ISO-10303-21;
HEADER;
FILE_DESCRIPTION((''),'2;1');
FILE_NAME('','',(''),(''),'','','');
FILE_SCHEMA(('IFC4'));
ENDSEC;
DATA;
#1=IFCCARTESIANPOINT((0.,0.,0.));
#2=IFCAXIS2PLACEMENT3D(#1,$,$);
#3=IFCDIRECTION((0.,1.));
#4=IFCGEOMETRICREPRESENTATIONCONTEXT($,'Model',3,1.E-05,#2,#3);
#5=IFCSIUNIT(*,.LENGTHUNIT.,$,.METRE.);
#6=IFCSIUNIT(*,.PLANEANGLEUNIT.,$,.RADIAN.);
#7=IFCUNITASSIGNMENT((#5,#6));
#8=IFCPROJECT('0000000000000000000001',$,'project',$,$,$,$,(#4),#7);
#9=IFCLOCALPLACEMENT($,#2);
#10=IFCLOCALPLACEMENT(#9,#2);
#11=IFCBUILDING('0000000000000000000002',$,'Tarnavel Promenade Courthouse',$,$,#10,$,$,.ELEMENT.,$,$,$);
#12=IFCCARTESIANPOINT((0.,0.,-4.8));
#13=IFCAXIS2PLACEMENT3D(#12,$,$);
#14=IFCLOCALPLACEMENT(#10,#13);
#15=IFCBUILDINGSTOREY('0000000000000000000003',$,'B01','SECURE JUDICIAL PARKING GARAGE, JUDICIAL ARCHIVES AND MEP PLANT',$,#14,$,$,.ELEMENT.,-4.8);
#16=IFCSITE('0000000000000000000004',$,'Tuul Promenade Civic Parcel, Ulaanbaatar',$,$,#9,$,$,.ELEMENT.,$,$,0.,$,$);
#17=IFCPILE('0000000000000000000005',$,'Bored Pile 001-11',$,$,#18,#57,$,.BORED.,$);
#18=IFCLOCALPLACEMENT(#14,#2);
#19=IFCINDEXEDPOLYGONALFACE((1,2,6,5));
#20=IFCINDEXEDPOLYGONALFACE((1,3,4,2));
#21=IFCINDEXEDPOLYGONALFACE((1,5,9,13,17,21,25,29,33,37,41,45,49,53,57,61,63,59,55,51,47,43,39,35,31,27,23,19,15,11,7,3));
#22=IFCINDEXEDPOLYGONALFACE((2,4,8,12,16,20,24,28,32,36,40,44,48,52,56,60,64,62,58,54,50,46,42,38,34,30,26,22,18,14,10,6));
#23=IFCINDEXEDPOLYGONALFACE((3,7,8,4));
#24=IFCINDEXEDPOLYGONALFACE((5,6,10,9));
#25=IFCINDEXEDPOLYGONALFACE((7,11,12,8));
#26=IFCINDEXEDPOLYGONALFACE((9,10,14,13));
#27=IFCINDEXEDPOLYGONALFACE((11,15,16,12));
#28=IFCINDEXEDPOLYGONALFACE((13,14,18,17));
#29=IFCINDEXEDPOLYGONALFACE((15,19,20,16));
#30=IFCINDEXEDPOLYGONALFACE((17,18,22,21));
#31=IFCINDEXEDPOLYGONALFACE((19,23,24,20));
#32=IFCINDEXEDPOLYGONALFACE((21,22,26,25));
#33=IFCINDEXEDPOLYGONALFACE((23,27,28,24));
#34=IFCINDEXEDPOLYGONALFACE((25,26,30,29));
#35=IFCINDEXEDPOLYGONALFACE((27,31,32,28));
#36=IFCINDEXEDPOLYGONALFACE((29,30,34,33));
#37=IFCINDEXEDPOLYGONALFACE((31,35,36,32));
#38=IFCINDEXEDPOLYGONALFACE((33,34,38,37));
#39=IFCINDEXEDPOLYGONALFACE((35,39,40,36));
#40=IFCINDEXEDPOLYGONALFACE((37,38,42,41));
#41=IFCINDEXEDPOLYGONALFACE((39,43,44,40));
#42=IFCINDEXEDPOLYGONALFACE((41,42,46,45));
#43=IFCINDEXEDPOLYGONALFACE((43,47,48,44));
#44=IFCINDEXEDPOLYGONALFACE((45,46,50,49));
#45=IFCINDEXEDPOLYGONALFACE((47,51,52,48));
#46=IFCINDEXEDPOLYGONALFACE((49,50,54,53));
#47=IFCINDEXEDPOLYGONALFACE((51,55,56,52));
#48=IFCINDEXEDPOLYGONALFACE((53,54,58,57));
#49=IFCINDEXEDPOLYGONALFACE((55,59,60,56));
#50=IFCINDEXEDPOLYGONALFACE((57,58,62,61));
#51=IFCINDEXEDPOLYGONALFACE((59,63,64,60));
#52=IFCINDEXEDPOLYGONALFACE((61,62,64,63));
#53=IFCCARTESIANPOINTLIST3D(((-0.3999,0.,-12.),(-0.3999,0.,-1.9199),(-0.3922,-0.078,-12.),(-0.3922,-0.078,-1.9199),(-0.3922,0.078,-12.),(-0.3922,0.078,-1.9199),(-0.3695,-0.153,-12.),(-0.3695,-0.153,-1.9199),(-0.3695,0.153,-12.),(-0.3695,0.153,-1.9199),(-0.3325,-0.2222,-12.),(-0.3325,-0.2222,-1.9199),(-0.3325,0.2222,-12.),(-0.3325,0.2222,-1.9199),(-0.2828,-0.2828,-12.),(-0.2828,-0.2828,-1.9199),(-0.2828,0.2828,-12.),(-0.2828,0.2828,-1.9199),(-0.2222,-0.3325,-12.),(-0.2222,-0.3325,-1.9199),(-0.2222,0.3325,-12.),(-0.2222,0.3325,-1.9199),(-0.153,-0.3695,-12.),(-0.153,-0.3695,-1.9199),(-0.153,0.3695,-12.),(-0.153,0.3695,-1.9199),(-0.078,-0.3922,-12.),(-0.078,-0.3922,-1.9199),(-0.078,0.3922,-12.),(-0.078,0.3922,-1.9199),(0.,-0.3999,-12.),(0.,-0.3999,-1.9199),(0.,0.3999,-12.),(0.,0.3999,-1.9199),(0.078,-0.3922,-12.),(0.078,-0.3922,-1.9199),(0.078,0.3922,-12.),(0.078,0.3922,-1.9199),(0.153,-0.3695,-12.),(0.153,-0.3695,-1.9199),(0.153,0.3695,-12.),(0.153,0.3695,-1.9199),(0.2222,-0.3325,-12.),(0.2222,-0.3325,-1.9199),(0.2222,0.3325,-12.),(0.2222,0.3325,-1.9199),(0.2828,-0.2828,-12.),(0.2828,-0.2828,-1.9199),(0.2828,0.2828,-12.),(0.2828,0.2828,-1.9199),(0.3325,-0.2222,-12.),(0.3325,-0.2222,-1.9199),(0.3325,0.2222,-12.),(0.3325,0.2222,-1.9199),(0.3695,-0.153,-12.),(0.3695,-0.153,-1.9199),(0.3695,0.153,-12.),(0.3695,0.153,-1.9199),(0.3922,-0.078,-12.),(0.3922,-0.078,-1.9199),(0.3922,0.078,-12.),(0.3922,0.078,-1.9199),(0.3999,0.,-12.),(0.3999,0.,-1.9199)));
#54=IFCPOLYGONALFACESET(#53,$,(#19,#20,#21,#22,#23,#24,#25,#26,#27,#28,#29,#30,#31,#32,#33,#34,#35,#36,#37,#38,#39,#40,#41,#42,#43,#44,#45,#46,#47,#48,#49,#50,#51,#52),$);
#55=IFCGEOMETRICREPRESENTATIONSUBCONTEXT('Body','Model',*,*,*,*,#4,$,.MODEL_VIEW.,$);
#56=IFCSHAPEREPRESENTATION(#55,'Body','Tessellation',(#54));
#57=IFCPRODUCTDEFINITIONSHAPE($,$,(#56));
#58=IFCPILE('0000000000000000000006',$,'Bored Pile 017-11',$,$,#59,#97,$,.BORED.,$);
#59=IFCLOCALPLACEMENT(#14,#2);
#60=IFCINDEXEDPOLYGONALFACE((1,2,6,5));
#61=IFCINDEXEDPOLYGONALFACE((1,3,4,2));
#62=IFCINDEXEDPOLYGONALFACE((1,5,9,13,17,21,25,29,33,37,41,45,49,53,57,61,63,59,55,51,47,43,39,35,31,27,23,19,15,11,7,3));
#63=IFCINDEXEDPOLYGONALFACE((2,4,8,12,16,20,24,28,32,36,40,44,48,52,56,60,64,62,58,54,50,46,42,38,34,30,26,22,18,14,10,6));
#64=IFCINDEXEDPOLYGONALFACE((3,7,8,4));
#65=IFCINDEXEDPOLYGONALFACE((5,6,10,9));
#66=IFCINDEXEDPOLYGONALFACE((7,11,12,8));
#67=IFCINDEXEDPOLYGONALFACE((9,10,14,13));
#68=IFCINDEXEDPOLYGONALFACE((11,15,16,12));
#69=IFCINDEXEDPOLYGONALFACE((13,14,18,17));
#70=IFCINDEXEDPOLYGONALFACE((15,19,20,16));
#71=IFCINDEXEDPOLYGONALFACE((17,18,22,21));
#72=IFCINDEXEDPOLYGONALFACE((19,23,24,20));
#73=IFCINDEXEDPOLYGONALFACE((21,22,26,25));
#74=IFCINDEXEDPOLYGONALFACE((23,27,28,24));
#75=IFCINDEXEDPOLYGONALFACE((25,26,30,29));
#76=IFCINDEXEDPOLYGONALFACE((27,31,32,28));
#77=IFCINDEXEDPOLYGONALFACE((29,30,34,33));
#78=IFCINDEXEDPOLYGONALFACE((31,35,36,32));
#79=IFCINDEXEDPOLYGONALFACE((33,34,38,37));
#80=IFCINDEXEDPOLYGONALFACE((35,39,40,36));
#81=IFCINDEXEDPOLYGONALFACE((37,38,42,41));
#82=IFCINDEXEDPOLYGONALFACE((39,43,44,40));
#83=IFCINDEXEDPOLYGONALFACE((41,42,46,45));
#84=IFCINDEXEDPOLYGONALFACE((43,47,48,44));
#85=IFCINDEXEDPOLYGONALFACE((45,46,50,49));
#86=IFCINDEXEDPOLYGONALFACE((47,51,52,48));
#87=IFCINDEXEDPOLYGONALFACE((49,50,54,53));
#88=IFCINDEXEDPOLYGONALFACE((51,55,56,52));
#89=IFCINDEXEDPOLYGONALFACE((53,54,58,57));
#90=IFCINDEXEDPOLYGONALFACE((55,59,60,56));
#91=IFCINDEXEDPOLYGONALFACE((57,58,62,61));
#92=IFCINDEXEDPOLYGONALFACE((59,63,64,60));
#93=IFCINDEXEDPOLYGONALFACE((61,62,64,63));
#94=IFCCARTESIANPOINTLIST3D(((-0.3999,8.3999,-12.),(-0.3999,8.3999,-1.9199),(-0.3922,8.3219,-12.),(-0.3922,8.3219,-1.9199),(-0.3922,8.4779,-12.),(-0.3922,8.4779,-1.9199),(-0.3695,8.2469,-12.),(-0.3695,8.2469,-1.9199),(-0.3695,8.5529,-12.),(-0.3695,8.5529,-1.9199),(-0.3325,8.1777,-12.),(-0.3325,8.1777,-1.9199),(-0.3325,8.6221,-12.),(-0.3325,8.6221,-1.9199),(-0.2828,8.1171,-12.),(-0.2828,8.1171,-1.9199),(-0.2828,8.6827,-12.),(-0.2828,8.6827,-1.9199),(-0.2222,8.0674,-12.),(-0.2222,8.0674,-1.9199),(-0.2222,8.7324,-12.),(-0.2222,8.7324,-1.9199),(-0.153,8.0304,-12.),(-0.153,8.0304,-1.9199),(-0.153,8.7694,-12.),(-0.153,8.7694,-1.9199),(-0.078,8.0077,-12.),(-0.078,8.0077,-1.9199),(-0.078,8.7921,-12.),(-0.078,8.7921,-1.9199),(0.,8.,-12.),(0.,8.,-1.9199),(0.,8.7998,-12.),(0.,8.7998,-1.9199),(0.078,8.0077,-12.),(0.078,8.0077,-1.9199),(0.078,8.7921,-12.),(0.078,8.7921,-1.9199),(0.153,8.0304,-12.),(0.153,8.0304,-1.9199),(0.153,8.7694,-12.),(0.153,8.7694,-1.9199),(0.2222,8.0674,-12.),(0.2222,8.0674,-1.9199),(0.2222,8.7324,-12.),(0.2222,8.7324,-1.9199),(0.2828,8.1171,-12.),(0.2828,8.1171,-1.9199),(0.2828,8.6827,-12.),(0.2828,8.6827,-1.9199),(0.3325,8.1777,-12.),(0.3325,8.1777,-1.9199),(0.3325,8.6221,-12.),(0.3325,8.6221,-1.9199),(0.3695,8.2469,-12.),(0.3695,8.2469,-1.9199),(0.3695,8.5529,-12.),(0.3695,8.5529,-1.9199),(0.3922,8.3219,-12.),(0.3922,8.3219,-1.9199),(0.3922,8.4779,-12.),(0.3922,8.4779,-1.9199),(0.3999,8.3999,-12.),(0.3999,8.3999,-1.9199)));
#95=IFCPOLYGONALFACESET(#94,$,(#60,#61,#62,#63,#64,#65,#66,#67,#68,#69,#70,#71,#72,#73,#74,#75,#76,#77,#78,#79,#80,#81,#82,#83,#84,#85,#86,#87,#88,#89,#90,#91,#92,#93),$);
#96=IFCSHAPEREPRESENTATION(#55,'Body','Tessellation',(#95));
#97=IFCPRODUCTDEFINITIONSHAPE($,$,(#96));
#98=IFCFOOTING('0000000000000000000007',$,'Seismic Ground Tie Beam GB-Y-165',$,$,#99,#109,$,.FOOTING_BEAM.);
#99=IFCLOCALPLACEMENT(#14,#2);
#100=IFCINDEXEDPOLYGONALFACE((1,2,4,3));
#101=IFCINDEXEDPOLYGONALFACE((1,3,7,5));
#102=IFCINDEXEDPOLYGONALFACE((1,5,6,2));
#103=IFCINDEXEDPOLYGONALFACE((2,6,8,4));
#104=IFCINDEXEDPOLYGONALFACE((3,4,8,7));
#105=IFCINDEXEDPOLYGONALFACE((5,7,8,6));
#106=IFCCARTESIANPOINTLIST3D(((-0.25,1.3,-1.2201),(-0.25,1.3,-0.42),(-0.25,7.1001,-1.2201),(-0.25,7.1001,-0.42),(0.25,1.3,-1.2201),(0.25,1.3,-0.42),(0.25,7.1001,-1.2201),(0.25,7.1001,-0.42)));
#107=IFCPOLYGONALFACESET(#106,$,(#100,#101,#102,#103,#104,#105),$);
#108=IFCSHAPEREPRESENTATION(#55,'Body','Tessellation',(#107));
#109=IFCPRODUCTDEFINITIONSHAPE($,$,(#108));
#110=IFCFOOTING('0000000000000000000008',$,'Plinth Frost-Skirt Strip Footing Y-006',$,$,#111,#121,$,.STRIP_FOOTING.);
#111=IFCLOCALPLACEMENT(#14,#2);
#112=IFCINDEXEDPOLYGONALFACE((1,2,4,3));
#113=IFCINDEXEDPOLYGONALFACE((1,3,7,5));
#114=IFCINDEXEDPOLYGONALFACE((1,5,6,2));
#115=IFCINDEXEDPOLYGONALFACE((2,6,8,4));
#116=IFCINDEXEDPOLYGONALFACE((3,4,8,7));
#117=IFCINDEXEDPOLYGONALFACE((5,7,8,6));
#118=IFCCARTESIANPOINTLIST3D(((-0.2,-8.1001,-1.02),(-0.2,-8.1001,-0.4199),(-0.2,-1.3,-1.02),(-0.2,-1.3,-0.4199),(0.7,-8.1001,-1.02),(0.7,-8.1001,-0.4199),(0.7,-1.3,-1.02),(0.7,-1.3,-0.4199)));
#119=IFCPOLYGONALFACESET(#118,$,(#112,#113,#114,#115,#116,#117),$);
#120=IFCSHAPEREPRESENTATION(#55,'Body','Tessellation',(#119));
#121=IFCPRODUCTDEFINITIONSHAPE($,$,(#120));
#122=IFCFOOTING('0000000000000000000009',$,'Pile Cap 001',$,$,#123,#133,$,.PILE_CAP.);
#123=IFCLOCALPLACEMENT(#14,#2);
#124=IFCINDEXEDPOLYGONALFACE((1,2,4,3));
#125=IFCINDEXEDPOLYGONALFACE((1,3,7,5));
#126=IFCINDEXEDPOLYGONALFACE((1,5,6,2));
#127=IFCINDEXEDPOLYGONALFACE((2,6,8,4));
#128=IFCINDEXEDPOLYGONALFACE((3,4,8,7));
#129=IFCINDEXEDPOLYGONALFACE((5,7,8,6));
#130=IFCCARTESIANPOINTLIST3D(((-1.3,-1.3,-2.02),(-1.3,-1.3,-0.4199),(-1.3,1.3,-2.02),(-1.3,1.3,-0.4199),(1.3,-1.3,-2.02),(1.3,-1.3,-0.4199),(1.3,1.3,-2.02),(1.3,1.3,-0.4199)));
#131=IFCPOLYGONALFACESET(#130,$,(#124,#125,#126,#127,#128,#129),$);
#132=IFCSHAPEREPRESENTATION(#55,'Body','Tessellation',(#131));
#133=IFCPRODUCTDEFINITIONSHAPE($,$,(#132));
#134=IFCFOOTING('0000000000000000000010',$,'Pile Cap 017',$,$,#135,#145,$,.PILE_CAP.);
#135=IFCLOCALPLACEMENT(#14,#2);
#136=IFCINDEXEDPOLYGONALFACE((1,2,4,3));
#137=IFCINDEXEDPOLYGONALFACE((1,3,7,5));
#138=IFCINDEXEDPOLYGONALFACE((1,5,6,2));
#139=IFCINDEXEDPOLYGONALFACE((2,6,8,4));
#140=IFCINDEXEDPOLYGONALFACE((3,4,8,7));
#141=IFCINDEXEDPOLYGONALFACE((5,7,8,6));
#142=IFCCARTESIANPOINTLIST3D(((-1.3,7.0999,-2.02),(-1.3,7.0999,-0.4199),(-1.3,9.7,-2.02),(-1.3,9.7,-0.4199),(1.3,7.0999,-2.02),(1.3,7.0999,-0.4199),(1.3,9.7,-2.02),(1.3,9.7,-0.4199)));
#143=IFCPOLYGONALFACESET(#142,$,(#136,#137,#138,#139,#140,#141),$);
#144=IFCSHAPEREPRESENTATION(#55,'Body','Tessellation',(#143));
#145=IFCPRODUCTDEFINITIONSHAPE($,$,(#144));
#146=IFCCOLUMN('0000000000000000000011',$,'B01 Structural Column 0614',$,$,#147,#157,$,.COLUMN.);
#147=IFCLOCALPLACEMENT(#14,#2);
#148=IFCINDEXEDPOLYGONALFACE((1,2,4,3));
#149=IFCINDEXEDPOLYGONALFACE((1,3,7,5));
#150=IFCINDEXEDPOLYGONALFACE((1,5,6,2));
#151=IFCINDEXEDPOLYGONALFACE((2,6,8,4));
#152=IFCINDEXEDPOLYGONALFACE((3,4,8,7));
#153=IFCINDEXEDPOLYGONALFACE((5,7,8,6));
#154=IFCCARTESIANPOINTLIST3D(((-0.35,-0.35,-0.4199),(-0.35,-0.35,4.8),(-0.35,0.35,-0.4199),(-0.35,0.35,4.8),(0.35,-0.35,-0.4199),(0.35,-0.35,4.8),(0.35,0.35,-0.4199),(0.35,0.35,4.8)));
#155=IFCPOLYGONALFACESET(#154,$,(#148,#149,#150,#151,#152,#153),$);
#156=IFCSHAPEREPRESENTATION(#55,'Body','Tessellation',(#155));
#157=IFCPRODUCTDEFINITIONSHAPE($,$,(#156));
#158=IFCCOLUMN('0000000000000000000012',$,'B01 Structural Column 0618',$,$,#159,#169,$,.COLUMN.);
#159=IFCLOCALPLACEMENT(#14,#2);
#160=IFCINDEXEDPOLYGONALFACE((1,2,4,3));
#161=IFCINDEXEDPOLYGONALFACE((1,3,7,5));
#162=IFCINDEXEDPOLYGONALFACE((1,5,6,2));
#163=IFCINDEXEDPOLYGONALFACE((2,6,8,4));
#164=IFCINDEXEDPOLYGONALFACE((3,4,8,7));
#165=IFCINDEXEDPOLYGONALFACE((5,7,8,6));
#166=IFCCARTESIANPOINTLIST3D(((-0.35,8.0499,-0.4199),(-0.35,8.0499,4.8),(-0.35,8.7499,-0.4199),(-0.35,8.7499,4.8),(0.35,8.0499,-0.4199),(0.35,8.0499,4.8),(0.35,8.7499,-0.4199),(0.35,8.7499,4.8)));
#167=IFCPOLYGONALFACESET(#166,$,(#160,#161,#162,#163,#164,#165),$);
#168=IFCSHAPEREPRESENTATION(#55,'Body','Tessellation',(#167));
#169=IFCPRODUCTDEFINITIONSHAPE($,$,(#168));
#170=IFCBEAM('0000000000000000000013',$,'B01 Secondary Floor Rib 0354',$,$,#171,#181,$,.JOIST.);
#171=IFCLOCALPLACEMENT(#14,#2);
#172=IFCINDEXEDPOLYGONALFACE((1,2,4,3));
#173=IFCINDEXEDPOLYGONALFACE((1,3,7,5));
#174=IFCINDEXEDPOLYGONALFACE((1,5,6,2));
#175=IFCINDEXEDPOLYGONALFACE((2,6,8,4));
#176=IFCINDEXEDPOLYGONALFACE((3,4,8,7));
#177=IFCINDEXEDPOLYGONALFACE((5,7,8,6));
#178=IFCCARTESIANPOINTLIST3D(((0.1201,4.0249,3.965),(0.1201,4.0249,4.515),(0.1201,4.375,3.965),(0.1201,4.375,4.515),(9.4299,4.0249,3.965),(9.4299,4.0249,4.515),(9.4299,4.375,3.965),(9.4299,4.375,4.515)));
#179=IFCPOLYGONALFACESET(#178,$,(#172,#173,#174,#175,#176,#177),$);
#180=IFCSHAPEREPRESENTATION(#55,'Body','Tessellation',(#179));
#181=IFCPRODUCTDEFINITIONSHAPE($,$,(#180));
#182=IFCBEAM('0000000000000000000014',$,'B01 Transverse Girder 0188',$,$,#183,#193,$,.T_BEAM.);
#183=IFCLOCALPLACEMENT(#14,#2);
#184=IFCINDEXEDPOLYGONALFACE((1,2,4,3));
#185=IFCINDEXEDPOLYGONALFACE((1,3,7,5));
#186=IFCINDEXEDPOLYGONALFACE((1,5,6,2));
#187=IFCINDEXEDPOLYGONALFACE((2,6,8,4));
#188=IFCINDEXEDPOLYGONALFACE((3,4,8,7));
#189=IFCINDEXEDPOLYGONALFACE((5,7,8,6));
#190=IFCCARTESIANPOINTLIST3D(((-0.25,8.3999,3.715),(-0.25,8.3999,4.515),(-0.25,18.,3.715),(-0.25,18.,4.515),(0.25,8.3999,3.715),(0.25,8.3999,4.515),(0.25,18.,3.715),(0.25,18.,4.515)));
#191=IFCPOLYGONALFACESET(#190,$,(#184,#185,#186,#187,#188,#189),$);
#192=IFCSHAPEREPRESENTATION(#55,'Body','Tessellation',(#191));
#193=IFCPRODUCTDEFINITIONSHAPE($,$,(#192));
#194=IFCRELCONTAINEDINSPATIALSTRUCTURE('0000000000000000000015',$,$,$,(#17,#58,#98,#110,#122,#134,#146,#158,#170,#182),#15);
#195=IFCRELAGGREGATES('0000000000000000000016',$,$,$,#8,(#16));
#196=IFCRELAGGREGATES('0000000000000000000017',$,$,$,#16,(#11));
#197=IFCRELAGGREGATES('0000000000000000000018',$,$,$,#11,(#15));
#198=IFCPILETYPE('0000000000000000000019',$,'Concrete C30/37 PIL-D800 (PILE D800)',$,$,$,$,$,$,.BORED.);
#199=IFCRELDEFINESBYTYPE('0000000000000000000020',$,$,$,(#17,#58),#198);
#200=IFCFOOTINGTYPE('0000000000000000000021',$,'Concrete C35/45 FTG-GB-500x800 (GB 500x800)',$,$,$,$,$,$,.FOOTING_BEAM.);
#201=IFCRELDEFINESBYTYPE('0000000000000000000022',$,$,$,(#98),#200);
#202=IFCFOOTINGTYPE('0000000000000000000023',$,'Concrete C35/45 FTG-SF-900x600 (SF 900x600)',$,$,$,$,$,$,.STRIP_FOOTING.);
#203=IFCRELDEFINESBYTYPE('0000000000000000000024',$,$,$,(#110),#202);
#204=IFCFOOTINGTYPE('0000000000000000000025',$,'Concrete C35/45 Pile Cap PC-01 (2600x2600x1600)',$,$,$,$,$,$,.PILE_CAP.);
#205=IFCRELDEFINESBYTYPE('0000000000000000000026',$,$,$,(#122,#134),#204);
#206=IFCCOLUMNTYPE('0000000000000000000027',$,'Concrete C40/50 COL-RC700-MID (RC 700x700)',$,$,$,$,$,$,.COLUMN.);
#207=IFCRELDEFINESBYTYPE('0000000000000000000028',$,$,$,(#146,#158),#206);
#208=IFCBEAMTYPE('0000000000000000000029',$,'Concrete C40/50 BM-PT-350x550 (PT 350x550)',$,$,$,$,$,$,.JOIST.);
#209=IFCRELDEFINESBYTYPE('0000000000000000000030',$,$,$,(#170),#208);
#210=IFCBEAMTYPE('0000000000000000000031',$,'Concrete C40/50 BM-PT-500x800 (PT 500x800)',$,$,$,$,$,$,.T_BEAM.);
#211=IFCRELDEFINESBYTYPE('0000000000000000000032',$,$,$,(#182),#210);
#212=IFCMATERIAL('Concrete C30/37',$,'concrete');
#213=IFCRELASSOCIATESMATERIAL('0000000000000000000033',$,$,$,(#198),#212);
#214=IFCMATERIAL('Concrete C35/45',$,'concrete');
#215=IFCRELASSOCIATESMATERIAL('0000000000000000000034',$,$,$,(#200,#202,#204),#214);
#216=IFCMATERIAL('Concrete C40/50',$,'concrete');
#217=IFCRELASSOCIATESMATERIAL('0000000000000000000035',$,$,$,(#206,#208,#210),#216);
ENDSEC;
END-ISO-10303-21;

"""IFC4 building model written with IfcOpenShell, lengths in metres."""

from ifc_helpers import new_model, si_unit, direction, frame, origin, origin_2d, place, context, subcontext, project, spatial, rectangle, circle, extrude, material, material_profile, profile_set, type_object, element, save


model = new_model("IFC4")

# Units and contexts
model_context = context("Model", 3, precision=1e-05, world=origin(), true_north=direction((0.0, 1.0)))
body_context = subcontext(model_context, "Body", "Model", "MODEL_VIEW")
ifc_project = project(units=[si_unit("LENGTHUNIT", "METRE"), si_unit("PLANEANGLEUNIT", "RADIAN")], contexts=[model_context])

# Site, building, storey
site_placement = place(None, origin())
site = spatial("IfcSite", under=ifc_project, at=site_placement, Name="Tuul Promenade Civic Parcel, Ulaanbaatar", CompositionType="ELEMENT", RefElevation=0.0)
building_placement = place(site_placement, origin())
building = spatial("IfcBuilding", under=site, at=building_placement, Name="Tarnavel Promenade Courthouse", CompositionType="ELEMENT")
storey_placement = place(building_placement, frame((0.0, 0.0, -4.8)))
storey = spatial("IfcBuildingStorey", under=building, at=storey_placement, Name="B01", Description="SECURE JUDICIAL PARKING GARAGE, JUDICIAL ARCHIVES AND MEP PLANT", CompositionType="ELEMENT", Elevation=-4.8)

# Piles
ifc_material_1 = material(Name="Concrete C30/37", Category="concrete")
ifc_material_profile_1 = material_profile(ifc_material_1, circle(Radius=0.3999, at=origin_2d()), Name="PILE D800")
ifc_profile_set_1 = profile_set([ifc_material_profile_1], Name="Concrete C30/37")
pile_type = type_object("IfcPileType", Name="Concrete C30/37 PIL-D800 (PILE D800)", PredefinedType="BORED", material=ifc_profile_set_1)
for number, where, z_axis, x_axis, name in (
    (1, (0.0, 0.0, -1.9199), (0.0, 0.0, -1.0), (1.0, 0.0, 0.0), "Bored Pile 001-11"),
    (2, (0.0, 8.3999, -1.9199), (0.0, 0.0, -1.0), (1.0, 0.0, 0.0), "Bored Pile 017-11"),
):
    element("IfcPile", number, at=place(storey_placement, frame(where, z_axis=z_axis, x_axis=x_axis)), inside=storey, type_object=pile_type, Name=name, PredefinedType="BORED", context=body_context, shape_type="SweptSolid", body=[
        extrude(circle(Radius=0.3999, at=origin_2d()), origin(), (0.0, 0.0, 1.0), 10.0801),
    ])

# Footings
ifc_material_2 = material(Name="Concrete C35/45", Category="concrete")
ifc_material_profile_2 = material_profile(ifc_material_2, rectangle(XDim=0.5, YDim=0.8, at=origin_2d()), Name="GB 500x800")
ifc_profile_set_2 = profile_set([ifc_material_profile_2], Name="Concrete C35/45")
footing_type_1 = type_object("IfcFootingType", Name="Concrete C35/45 FTG-GB-500x800 (GB 500x800)", PredefinedType="FOOTING_BEAM", material=ifc_profile_set_2)
footing_1_placement = place(storey_placement, frame((0.0, 1.3, -0.8201), z_axis=(0.0, 1.0, 0.0), x_axis=(-1.0, 0.0, 0.0)))
element("IfcFooting", 3, at=footing_1_placement, inside=storey, type_object=footing_type_1, Name="Seismic Ground Tie Beam GB-Y-165", PredefinedType="FOOTING_BEAM", context=body_context, shape_type="SweptSolid", body=[
    extrude(rectangle(XDim=0.5, YDim=0.8, at=origin_2d()), origin(), (0.0, 0.0, 1.0), 5.8),
])
ifc_material_profile_3 = material_profile(ifc_material_2, rectangle(XDim=0.8999, YDim=0.6001, at=origin_2d()), Name="SF 900x600")
ifc_profile_set_3 = profile_set([ifc_material_profile_3], Name="Concrete C35/45")
footing_type_2 = type_object("IfcFootingType", Name="Concrete C35/45 FTG-SF-900x600 (SF 900x600)", PredefinedType="STRIP_FOOTING", material=ifc_profile_set_3)
footing_2_placement = place(storey_placement, frame((0.25, -8.1001, -0.72), z_axis=(0.0, 1.0, 0.0), x_axis=(-1.0, 0.0, 0.0)))
element("IfcFooting", 4, at=footing_2_placement, inside=storey, type_object=footing_type_2, Name="Plinth Frost-Skirt Strip Footing Y-006", PredefinedType="STRIP_FOOTING", context=body_context, shape_type="SweptSolid", body=[
    extrude(rectangle(XDim=0.8999, YDim=0.6001, at=origin_2d()), origin(), (0.0, 0.0, 1.0), 6.8),
])
footing_type_3 = type_object("IfcFootingType", Name="Concrete C35/45 Pile Cap PC-01 (2600x2600x1600)", PredefinedType="PILE_CAP", material=ifc_material_2)
for number, where, z_axis, x_axis, name in (
    (5, (0.0, 0.0, -2.02), (0.0, 0.0, 1.0), (1.0, 0.0, 0.0), "Pile Cap 001"),
    (6, (0.0, 8.3999, -2.02), (0.0, 0.0, 1.0), (1.0, 0.0, 0.0), "Pile Cap 017"),
):
    element("IfcFooting", number, at=place(storey_placement, frame(where, z_axis=z_axis, x_axis=x_axis)), inside=storey, type_object=footing_type_3, Name=name, PredefinedType="PILE_CAP", context=body_context, shape_type="SweptSolid", body=[
        extrude(rectangle(XDim=2.6001, YDim=2.6001, at=origin_2d()), origin(), (0.0, 0.0, 1.0), 1.6001),
    ])

# Columns
ifc_material_3 = material(Name="Concrete C40/50", Category="concrete")
ifc_material_profile_4 = material_profile(ifc_material_3, rectangle(XDim=0.7, YDim=0.7, at=origin_2d()), Name="RC 700x700")
ifc_profile_set_4 = profile_set([ifc_material_profile_4], Name="Concrete C40/50")
column_type = type_object("IfcColumnType", Name="Concrete C40/50 COL-RC700-MID (RC 700x700)", PredefinedType="COLUMN", material=ifc_profile_set_4)
for number, where, z_axis, x_axis, name in (
    (7, (0.0, 0.0, -0.4199), (0.0, 0.0, 1.0), (1.0, 0.0, 0.0), "B01 Structural Column 0614"),
    (8, (0.0, 8.3999, -0.4199), (0.0, 0.0, 1.0), (1.0, 0.0, 0.0), "B01 Structural Column 0618"),
):
    element("IfcColumn", number, at=place(storey_placement, frame(where, z_axis=z_axis, x_axis=x_axis)), inside=storey, type_object=column_type, Name=name, PredefinedType="COLUMN", context=body_context, shape_type="SweptSolid", body=[
        extrude(rectangle(XDim=0.7, YDim=0.7, at=origin_2d()), origin(), (0.0, 0.0, 1.0), 5.22),
    ])

# Beams
ifc_material_profile_5 = material_profile(ifc_material_3, rectangle(XDim=0.3501, YDim=0.55, at=origin_2d()), Name="PT 350x550")
ifc_profile_set_5 = profile_set([ifc_material_profile_5], Name="Concrete C40/50")
beam_type_1 = type_object("IfcBeamType", Name="Concrete C40/50 BM-PT-350x550 (PT 350x550)", PredefinedType="JOIST", material=ifc_profile_set_5)
beam_1_placement = place(storey_placement, frame((0.1201, 4.2, 4.24), z_axis=(1.0, 0.0, 0.0), x_axis=(0.0, 1.0, 0.0)))
element("IfcBeam", 9, at=beam_1_placement, inside=storey, type_object=beam_type_1, Name="B01 Secondary Floor Rib 0354", PredefinedType="JOIST", context=body_context, shape_type="SweptSolid", body=[
    extrude(rectangle(XDim=0.3501, YDim=0.55, at=origin_2d()), origin(), (0.0, 0.0, 1.0), 9.3098),
])
ifc_material_profile_6 = material_profile(ifc_material_3, rectangle(XDim=0.5, YDim=0.8, at=origin_2d()), Name="PT 500x800")
ifc_profile_set_6 = profile_set([ifc_material_profile_6], Name="Concrete C40/50")
beam_type_2 = type_object("IfcBeamType", Name="Concrete C40/50 BM-PT-500x800 (PT 500x800)", PredefinedType="T_BEAM", material=ifc_profile_set_6)
beam_2_placement = place(storey_placement, frame((0.0, 8.3999, 4.115), z_axis=(0.0, 1.0, 0.0), x_axis=(-1.0, 0.0, 0.0)))
element("IfcBeam", 10, at=beam_2_placement, inside=storey, type_object=beam_type_2, Name="B01 Transverse Girder 0188", PredefinedType="T_BEAM", context=body_context, shape_type="SweptSolid", body=[
    extrude(rectangle(XDim=0.5, YDim=0.8, at=origin_2d()), origin(), (0.0, 0.0, 1.0), 9.6001),
])

save(model, "model.ifc")
